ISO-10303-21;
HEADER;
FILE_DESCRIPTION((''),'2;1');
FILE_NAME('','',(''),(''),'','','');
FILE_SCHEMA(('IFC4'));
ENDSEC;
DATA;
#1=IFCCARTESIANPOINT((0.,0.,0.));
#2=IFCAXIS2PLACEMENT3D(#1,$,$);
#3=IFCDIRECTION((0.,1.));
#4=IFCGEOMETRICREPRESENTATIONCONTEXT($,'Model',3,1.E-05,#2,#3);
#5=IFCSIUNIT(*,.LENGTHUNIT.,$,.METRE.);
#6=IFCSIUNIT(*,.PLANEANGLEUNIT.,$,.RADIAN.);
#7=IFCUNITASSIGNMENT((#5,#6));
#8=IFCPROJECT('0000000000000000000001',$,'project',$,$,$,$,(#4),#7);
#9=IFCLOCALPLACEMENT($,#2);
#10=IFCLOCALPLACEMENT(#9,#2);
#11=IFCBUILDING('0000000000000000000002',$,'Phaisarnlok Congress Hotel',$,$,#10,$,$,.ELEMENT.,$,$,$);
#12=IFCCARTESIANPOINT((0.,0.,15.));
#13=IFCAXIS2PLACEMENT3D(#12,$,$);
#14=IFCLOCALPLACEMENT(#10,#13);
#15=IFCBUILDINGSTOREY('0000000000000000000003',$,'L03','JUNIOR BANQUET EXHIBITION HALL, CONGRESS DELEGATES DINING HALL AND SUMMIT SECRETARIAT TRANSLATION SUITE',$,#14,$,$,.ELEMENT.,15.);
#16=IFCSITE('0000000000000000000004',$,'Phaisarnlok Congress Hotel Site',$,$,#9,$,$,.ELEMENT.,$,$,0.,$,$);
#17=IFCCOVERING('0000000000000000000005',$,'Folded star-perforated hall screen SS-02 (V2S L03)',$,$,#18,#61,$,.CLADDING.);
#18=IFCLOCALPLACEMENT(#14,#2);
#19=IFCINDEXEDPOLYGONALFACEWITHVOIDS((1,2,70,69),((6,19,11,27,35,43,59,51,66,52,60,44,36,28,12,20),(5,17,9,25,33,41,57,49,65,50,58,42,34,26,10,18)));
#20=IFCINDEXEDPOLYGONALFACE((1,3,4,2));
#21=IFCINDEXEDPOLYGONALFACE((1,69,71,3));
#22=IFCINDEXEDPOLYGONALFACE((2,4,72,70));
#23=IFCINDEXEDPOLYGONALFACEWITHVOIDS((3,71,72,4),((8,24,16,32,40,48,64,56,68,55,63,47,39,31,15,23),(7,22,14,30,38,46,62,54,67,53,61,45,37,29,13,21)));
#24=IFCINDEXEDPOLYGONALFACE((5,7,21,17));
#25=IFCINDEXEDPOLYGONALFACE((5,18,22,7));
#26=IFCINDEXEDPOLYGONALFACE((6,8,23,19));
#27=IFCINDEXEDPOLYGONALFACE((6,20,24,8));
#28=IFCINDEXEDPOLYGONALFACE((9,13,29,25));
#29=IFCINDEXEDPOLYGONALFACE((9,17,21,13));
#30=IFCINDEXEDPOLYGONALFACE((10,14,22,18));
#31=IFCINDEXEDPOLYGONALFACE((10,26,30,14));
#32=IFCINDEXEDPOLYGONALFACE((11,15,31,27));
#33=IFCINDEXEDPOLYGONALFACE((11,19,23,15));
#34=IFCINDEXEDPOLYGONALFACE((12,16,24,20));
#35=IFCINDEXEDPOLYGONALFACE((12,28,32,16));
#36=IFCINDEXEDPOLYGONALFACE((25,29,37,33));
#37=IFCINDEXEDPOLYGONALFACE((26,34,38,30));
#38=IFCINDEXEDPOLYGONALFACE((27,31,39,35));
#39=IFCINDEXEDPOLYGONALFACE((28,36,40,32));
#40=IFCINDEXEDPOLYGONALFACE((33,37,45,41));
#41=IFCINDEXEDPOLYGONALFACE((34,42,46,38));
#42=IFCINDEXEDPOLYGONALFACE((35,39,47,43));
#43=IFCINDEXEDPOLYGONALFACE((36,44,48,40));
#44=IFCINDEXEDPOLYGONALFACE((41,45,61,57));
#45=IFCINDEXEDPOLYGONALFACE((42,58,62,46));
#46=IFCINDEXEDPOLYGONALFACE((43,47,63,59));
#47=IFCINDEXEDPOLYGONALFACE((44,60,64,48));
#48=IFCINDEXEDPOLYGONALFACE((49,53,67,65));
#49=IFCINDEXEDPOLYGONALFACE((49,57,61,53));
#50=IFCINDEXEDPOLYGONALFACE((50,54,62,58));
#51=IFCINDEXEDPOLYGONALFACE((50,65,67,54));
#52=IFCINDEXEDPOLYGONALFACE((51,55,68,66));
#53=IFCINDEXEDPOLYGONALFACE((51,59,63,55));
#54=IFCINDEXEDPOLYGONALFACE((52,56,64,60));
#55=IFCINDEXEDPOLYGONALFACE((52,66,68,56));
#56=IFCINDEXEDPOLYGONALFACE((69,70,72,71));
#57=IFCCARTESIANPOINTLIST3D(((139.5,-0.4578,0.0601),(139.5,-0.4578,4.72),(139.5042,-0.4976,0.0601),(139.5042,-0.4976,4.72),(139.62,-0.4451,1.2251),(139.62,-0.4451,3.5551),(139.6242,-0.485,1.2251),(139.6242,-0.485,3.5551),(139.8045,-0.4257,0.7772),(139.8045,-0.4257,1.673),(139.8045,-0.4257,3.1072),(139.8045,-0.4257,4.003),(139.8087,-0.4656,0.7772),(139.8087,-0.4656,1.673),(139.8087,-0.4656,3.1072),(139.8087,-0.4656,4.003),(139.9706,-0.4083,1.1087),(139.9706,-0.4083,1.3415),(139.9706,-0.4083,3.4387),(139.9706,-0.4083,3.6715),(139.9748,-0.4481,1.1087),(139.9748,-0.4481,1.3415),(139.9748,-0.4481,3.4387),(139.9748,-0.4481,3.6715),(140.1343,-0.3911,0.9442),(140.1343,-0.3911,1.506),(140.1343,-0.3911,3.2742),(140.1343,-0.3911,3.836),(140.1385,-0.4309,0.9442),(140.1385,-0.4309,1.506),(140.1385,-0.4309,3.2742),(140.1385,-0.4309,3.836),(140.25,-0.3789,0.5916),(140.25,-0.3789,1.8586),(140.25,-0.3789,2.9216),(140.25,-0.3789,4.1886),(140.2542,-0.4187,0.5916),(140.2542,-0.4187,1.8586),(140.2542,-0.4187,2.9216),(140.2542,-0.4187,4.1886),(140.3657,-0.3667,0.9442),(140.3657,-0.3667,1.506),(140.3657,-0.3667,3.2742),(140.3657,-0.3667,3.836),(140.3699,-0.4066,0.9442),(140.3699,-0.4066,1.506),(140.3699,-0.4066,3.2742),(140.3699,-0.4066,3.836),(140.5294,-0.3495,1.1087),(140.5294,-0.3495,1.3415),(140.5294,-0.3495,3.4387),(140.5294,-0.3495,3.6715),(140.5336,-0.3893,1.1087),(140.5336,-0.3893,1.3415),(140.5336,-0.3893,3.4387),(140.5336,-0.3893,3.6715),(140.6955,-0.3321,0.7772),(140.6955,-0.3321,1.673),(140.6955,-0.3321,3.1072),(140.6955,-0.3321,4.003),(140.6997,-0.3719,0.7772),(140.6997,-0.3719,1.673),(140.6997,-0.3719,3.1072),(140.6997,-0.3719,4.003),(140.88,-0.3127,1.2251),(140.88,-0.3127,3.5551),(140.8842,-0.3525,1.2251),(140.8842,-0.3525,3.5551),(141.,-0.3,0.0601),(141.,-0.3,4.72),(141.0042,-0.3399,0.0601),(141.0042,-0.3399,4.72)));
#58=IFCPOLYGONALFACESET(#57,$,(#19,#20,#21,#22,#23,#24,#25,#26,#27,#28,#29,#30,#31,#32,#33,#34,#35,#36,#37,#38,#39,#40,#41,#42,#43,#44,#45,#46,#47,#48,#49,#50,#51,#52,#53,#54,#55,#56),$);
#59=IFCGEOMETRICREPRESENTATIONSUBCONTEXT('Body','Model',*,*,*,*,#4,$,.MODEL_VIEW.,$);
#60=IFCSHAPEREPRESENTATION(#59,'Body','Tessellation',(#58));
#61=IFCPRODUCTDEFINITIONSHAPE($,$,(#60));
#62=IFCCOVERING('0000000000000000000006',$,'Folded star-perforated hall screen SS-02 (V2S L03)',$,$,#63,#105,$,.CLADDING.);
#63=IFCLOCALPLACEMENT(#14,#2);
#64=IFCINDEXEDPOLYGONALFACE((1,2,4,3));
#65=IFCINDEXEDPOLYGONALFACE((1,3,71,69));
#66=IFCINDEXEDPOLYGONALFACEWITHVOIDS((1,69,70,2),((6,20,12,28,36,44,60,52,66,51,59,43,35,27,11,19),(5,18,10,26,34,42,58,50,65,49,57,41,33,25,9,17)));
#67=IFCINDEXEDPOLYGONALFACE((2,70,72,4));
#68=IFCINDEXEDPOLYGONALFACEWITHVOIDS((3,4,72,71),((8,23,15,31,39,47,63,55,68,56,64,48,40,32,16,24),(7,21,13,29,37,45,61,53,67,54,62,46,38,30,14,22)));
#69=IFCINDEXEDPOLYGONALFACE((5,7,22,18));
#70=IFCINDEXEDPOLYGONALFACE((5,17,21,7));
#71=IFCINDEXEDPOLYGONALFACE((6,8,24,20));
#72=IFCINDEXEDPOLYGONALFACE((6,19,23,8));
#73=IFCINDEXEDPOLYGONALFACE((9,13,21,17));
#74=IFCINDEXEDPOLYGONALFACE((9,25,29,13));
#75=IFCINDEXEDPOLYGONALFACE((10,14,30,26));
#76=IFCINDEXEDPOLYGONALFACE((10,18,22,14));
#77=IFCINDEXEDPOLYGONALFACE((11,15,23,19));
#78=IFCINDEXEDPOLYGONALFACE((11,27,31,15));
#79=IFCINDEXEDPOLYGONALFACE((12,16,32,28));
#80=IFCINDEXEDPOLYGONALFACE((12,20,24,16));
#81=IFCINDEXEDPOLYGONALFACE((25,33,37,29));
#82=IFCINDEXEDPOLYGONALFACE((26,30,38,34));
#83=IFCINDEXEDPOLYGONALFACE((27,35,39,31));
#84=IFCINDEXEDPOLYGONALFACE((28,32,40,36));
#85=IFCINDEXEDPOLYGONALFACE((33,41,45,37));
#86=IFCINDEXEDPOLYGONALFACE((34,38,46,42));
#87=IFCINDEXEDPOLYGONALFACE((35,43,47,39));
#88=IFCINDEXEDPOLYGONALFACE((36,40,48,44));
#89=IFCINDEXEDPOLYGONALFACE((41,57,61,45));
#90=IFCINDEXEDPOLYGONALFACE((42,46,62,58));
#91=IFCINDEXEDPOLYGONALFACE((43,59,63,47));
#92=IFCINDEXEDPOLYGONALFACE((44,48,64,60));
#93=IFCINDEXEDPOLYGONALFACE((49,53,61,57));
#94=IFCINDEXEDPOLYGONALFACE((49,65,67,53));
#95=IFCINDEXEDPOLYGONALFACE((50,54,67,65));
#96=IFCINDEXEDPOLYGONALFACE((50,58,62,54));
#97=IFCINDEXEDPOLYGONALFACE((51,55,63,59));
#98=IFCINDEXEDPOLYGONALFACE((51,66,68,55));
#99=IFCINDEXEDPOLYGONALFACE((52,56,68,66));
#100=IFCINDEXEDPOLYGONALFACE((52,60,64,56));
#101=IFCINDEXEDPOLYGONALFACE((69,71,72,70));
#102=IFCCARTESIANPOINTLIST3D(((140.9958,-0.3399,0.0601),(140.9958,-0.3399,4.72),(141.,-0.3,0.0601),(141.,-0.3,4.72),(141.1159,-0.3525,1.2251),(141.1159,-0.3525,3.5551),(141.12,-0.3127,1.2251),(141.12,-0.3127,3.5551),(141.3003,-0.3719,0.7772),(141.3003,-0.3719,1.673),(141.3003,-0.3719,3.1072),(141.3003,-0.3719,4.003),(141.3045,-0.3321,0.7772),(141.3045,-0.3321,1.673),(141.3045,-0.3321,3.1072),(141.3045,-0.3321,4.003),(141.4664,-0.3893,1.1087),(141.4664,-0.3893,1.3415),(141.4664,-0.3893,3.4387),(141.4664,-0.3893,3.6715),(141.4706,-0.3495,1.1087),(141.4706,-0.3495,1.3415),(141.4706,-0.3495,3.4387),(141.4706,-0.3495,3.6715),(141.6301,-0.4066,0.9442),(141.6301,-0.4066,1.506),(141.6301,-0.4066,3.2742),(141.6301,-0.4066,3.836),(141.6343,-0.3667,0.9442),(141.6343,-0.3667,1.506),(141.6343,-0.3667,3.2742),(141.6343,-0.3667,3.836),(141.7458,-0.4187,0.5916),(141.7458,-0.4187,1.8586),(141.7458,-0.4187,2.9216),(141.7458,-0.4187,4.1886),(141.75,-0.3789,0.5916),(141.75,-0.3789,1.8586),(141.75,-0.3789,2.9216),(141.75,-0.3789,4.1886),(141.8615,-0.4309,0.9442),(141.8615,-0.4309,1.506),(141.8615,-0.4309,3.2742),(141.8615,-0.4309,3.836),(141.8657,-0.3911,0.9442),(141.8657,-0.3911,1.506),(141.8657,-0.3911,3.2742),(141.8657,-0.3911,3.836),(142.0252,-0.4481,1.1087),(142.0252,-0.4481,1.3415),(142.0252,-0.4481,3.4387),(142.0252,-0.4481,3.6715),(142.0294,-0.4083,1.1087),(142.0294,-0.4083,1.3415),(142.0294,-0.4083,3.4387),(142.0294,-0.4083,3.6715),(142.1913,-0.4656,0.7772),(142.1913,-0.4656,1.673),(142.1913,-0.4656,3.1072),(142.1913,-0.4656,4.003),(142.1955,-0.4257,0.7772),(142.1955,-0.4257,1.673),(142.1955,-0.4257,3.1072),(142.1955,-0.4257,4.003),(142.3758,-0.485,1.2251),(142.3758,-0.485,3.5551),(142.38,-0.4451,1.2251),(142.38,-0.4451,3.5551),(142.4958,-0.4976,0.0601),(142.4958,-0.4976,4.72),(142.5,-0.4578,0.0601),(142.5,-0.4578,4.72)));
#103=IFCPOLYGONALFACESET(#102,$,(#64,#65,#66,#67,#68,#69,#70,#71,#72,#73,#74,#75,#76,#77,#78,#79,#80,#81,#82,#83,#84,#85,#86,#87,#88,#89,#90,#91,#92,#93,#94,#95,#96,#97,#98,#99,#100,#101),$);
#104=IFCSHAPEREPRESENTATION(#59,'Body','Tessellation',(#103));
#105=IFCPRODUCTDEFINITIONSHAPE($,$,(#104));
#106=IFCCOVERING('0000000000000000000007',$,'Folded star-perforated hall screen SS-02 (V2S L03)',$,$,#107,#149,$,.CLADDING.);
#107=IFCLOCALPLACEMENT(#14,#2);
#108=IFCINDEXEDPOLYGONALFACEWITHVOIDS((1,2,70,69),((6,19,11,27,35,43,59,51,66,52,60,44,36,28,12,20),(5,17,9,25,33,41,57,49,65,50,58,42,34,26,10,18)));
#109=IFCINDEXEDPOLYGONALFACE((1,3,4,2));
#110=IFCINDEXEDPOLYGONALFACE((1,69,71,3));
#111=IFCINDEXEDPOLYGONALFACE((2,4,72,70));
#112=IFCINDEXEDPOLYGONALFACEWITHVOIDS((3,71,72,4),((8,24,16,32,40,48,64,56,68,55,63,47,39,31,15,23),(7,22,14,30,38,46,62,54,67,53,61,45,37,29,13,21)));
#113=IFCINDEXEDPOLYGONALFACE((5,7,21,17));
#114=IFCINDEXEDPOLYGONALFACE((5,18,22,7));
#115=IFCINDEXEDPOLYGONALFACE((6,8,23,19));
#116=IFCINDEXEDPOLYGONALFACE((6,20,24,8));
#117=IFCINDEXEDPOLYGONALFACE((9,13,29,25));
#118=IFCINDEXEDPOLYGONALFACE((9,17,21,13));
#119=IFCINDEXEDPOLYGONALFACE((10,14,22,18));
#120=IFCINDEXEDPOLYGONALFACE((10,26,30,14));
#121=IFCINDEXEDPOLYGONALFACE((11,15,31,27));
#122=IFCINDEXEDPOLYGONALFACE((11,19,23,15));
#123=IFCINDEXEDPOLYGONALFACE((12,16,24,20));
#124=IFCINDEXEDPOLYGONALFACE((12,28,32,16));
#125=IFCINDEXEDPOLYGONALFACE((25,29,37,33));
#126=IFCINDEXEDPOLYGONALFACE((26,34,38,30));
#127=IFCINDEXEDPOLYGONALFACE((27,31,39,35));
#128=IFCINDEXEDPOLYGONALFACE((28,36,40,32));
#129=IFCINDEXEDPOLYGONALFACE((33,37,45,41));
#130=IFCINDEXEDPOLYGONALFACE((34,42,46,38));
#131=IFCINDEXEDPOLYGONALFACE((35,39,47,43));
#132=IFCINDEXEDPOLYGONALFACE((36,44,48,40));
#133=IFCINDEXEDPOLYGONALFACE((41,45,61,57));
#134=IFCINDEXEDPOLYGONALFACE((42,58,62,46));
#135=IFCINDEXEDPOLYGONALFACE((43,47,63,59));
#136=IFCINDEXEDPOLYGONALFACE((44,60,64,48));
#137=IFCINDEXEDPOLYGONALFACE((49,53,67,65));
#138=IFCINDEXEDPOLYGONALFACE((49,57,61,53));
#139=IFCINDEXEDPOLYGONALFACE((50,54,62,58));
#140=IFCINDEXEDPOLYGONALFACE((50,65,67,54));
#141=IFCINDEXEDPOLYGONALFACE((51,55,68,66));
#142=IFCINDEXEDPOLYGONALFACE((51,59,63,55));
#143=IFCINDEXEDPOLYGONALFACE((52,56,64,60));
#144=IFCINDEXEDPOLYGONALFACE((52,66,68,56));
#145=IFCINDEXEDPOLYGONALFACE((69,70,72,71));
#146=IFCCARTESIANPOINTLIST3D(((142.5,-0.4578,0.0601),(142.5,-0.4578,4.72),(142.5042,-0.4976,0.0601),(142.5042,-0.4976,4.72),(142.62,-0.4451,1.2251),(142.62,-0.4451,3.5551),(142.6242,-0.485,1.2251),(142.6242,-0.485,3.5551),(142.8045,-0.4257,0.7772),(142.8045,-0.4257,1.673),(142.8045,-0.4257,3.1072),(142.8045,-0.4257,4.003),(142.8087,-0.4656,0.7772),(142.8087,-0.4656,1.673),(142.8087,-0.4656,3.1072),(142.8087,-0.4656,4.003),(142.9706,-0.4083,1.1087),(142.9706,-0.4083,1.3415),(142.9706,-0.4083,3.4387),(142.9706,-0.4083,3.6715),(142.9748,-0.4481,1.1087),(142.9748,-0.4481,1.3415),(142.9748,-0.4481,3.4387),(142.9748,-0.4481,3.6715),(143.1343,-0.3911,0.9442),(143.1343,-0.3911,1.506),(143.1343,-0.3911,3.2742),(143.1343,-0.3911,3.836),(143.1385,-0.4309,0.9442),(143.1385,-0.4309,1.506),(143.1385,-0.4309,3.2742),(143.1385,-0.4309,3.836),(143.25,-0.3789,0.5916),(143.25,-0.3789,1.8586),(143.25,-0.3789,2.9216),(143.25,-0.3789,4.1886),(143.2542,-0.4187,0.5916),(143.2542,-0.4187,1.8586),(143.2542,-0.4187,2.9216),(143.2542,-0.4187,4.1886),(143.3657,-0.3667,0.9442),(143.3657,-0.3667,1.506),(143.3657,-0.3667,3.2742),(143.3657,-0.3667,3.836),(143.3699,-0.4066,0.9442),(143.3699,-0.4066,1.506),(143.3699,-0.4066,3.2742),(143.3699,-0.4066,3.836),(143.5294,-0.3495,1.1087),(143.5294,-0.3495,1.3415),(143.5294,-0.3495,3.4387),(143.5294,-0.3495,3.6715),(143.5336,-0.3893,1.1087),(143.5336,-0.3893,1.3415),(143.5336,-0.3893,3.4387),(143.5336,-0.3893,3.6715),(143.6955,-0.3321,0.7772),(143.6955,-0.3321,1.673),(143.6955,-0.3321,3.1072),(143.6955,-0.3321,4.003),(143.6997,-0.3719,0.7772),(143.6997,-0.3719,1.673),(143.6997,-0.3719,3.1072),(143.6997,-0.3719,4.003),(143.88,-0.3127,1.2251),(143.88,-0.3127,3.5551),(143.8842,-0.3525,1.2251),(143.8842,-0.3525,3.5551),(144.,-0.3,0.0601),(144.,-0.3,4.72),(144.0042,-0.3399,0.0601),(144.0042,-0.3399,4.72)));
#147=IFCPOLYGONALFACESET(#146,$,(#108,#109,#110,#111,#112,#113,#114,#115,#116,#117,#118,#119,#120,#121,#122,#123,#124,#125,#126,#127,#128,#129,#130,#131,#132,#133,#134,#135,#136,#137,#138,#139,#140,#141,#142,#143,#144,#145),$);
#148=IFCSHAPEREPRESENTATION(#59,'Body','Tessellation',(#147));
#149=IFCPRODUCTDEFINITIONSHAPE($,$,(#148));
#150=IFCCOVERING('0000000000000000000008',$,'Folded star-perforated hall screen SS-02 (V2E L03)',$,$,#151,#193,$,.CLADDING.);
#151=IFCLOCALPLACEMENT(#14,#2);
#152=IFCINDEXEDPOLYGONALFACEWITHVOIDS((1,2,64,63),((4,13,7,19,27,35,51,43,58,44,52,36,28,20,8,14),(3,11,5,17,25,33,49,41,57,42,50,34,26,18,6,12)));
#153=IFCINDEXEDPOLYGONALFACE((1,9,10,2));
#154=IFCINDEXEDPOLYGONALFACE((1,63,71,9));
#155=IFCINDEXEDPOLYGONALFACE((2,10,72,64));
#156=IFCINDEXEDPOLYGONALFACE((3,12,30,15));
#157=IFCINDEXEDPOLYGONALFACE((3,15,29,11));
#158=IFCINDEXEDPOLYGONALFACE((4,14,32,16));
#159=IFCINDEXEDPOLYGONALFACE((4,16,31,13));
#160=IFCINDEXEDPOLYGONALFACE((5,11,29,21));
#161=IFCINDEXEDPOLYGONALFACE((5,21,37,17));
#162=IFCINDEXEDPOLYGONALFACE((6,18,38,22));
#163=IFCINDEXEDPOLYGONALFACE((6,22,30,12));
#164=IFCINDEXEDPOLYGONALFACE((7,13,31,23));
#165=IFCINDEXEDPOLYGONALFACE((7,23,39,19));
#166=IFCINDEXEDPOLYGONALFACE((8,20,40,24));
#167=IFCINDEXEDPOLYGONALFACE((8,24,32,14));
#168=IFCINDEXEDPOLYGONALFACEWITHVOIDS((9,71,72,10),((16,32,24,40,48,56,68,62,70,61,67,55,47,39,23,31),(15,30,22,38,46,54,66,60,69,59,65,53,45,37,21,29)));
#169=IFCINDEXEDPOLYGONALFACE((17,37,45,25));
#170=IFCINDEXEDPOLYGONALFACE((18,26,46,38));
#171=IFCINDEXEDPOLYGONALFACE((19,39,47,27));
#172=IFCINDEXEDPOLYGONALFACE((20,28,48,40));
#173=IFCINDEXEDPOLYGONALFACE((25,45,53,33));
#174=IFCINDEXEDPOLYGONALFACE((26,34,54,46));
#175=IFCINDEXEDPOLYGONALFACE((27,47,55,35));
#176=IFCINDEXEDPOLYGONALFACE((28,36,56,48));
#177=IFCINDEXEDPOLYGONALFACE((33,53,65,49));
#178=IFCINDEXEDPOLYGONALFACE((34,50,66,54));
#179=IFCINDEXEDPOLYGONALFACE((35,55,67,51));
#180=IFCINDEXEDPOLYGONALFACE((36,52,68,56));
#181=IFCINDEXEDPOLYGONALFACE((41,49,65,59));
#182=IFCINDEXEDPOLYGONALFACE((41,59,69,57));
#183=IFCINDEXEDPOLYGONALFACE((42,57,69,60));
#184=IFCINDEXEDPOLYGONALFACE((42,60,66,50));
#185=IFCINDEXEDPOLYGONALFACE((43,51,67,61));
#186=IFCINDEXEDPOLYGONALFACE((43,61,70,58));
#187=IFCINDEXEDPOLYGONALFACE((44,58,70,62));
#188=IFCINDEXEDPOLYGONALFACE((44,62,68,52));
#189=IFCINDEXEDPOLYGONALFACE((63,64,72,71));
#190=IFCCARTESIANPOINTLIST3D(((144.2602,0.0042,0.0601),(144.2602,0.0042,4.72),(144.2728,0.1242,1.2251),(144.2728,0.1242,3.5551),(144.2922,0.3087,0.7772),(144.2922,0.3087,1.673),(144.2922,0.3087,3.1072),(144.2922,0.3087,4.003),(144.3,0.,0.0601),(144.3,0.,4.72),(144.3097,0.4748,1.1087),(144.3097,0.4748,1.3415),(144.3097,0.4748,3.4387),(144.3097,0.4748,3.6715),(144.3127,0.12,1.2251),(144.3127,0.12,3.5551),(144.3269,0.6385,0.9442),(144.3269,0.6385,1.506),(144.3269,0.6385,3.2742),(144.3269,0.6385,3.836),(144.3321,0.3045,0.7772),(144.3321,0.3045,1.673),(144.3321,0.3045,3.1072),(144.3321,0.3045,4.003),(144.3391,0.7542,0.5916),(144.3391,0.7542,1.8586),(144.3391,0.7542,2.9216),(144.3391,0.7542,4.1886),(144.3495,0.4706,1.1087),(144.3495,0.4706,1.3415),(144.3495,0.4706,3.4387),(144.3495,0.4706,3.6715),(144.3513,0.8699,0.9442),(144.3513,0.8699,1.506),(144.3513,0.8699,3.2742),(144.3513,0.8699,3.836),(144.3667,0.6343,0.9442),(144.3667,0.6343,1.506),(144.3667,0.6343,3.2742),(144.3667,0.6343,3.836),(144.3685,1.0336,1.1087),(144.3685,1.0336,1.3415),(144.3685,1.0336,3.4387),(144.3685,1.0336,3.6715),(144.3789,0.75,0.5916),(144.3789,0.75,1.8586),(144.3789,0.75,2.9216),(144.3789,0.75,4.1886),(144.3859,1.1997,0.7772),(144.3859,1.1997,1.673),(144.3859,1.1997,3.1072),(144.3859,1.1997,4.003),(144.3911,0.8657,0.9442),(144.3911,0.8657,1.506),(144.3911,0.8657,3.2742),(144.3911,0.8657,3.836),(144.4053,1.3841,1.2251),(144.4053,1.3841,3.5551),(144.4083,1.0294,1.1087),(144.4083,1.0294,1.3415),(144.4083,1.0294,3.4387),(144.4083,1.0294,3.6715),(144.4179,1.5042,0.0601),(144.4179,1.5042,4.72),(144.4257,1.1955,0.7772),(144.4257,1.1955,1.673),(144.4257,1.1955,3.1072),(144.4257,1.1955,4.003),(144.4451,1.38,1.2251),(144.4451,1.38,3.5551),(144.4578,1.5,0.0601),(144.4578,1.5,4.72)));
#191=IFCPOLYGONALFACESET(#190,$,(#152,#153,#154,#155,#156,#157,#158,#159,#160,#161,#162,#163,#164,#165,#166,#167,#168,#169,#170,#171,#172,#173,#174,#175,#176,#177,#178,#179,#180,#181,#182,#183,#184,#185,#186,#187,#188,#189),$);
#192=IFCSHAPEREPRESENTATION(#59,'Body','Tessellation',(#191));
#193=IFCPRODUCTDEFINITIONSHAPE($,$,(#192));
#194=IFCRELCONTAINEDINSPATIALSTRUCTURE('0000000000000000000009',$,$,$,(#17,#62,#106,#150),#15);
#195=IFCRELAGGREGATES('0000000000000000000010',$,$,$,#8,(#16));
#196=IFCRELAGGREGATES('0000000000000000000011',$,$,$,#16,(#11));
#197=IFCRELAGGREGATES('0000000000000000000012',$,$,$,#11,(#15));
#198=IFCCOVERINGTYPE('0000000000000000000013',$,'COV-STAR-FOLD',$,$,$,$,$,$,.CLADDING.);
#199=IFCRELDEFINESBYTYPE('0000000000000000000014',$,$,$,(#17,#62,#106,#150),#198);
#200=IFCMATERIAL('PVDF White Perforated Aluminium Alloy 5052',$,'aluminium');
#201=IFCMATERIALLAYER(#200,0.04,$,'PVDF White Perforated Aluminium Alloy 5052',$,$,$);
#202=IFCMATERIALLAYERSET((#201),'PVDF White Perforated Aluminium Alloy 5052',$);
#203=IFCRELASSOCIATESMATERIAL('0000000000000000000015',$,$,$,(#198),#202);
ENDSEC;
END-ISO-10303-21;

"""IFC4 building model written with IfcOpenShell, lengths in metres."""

from ifc_helpers import new_model, si_unit, direction, frame, origin, place, context, subcontext, project, spatial, polyline, outline, extrude, material, layer, layer_set, type_object, element, save


model = new_model("IFC4")

# Units and contexts
model_context = context("Model", 3, precision=1e-05, world=origin(), true_north=direction((0.0, 1.0)))
body_context = subcontext(model_context, "Body", "Model", "MODEL_VIEW")
ifc_project = project(units=[si_unit("LENGTHUNIT", "METRE"), si_unit("PLANEANGLEUNIT", "RADIAN")], contexts=[model_context])

# Site, building, storey
site_placement = place(None, origin())
site = spatial("IfcSite", under=ifc_project, at=site_placement, Name="Phaisarnlok Congress Hotel Site", CompositionType="ELEMENT", RefElevation=0.0)
building_placement = place(site_placement, origin())
building = spatial("IfcBuilding", under=site, at=building_placement, Name="Phaisarnlok Congress Hotel", CompositionType="ELEMENT")
storey_placement = place(building_placement, frame((0.0, 0.0, 15.0)))
storey = spatial("IfcBuildingStorey", under=building, at=storey_placement, Name="L03", Description="JUNIOR BANQUET EXHIBITION HALL, CONGRESS DELEGATES DINING HALL AND SUMMIT SECRETARIAT TRANSLATION SUITE", CompositionType="ELEMENT", Elevation=15.0)

# Coverings
ifc_material_1 = material(Name="PVDF White Perforated Aluminium Alloy 5052", Category="aluminium")
ifc_layer_1 = layer(ifc_material_1, 0.04, Name="PVDF White Perforated Aluminium Alloy 5052")
ifc_layer_set_1 = layer_set([ifc_layer_1], Name="PVDF White Perforated Aluminium Alloy 5052")
covering_type = type_object("IfcCoveringType", Name="COV-STAR-FOLD", PredefinedType="CLADDING", material=ifc_layer_set_1)
for number, where, z_axis, x_axis, name in (
    (1, (139.5, -0.4578, 0.0601), (0.104567, -0.994518, 0.0), (0.994518, 0.104567, 0.0), "Folded star-perforated hall screen SS-02 (V2S L03)"),
    (2, (141.0, -0.3, 0.0601), (-0.104567, -0.994518, 0.0), (0.994518, -0.104567, 0.0), "Folded star-perforated hall screen SS-02 (V2S L03)"),
    (3, (142.5, -0.4578, 0.0601), (0.104567, -0.994518, 0.0), (0.994518, 0.104567, 0.0), "Folded star-perforated hall screen SS-02 (V2S L03)"),
    (4, (144.4578, 1.5, 0.0601), (-0.994518, 0.104567, 0.0), (-0.104567, -0.994518, 0.0), "Folded star-perforated hall screen SS-02 (V2E L03)"),
):
    element("IfcCovering", number, at=place(storey_placement, frame(where, z_axis=z_axis, x_axis=x_axis)), inside=storey, type_object=covering_type, Name=name, PredefinedType="CLADDING", context=body_context, shape_type="SweptSolid", body=[
        extrude(outline(polyline([(0.0, 0.0), (1.5083, 0.0), (1.5083, 4.6599), (0.0, 4.6599), (0.0, 0.0)]), holes=[polyline([(1.0351, 1.0486), (1.2021, 0.7171), (0.8705, 0.8841), (0.7541, 0.5315), (0.6378, 0.8841), (0.3062, 0.7171), (0.4732, 1.0486), (0.1207, 1.165), (0.4732, 1.2814), (0.3062, 1.6129), (0.6378, 1.4459), (0.7541, 1.7985), (0.8705, 1.4459), (1.2021, 1.6129), (1.0351, 1.2814), (1.3876, 1.165), (1.0351, 1.0486)]), polyline([(1.0351, 3.3786), (1.2021, 3.0471), (0.8705, 3.2141), (0.7541, 2.8615), (0.6378, 3.2141), (0.3062, 3.0471), (0.4732, 3.3786), (0.1207, 3.495), (0.4732, 3.6114), (0.3062, 3.9429), (0.6378, 3.7759), (0.7541, 4.1285), (0.8705, 3.7759), (1.2021, 3.9429), (1.0351, 3.6114), (1.3876, 3.495), (1.0351, 3.3786)])]), origin(), (0.0, 0.0, 1.0), 0.04),
    ])

save(model, "model.ifc")
